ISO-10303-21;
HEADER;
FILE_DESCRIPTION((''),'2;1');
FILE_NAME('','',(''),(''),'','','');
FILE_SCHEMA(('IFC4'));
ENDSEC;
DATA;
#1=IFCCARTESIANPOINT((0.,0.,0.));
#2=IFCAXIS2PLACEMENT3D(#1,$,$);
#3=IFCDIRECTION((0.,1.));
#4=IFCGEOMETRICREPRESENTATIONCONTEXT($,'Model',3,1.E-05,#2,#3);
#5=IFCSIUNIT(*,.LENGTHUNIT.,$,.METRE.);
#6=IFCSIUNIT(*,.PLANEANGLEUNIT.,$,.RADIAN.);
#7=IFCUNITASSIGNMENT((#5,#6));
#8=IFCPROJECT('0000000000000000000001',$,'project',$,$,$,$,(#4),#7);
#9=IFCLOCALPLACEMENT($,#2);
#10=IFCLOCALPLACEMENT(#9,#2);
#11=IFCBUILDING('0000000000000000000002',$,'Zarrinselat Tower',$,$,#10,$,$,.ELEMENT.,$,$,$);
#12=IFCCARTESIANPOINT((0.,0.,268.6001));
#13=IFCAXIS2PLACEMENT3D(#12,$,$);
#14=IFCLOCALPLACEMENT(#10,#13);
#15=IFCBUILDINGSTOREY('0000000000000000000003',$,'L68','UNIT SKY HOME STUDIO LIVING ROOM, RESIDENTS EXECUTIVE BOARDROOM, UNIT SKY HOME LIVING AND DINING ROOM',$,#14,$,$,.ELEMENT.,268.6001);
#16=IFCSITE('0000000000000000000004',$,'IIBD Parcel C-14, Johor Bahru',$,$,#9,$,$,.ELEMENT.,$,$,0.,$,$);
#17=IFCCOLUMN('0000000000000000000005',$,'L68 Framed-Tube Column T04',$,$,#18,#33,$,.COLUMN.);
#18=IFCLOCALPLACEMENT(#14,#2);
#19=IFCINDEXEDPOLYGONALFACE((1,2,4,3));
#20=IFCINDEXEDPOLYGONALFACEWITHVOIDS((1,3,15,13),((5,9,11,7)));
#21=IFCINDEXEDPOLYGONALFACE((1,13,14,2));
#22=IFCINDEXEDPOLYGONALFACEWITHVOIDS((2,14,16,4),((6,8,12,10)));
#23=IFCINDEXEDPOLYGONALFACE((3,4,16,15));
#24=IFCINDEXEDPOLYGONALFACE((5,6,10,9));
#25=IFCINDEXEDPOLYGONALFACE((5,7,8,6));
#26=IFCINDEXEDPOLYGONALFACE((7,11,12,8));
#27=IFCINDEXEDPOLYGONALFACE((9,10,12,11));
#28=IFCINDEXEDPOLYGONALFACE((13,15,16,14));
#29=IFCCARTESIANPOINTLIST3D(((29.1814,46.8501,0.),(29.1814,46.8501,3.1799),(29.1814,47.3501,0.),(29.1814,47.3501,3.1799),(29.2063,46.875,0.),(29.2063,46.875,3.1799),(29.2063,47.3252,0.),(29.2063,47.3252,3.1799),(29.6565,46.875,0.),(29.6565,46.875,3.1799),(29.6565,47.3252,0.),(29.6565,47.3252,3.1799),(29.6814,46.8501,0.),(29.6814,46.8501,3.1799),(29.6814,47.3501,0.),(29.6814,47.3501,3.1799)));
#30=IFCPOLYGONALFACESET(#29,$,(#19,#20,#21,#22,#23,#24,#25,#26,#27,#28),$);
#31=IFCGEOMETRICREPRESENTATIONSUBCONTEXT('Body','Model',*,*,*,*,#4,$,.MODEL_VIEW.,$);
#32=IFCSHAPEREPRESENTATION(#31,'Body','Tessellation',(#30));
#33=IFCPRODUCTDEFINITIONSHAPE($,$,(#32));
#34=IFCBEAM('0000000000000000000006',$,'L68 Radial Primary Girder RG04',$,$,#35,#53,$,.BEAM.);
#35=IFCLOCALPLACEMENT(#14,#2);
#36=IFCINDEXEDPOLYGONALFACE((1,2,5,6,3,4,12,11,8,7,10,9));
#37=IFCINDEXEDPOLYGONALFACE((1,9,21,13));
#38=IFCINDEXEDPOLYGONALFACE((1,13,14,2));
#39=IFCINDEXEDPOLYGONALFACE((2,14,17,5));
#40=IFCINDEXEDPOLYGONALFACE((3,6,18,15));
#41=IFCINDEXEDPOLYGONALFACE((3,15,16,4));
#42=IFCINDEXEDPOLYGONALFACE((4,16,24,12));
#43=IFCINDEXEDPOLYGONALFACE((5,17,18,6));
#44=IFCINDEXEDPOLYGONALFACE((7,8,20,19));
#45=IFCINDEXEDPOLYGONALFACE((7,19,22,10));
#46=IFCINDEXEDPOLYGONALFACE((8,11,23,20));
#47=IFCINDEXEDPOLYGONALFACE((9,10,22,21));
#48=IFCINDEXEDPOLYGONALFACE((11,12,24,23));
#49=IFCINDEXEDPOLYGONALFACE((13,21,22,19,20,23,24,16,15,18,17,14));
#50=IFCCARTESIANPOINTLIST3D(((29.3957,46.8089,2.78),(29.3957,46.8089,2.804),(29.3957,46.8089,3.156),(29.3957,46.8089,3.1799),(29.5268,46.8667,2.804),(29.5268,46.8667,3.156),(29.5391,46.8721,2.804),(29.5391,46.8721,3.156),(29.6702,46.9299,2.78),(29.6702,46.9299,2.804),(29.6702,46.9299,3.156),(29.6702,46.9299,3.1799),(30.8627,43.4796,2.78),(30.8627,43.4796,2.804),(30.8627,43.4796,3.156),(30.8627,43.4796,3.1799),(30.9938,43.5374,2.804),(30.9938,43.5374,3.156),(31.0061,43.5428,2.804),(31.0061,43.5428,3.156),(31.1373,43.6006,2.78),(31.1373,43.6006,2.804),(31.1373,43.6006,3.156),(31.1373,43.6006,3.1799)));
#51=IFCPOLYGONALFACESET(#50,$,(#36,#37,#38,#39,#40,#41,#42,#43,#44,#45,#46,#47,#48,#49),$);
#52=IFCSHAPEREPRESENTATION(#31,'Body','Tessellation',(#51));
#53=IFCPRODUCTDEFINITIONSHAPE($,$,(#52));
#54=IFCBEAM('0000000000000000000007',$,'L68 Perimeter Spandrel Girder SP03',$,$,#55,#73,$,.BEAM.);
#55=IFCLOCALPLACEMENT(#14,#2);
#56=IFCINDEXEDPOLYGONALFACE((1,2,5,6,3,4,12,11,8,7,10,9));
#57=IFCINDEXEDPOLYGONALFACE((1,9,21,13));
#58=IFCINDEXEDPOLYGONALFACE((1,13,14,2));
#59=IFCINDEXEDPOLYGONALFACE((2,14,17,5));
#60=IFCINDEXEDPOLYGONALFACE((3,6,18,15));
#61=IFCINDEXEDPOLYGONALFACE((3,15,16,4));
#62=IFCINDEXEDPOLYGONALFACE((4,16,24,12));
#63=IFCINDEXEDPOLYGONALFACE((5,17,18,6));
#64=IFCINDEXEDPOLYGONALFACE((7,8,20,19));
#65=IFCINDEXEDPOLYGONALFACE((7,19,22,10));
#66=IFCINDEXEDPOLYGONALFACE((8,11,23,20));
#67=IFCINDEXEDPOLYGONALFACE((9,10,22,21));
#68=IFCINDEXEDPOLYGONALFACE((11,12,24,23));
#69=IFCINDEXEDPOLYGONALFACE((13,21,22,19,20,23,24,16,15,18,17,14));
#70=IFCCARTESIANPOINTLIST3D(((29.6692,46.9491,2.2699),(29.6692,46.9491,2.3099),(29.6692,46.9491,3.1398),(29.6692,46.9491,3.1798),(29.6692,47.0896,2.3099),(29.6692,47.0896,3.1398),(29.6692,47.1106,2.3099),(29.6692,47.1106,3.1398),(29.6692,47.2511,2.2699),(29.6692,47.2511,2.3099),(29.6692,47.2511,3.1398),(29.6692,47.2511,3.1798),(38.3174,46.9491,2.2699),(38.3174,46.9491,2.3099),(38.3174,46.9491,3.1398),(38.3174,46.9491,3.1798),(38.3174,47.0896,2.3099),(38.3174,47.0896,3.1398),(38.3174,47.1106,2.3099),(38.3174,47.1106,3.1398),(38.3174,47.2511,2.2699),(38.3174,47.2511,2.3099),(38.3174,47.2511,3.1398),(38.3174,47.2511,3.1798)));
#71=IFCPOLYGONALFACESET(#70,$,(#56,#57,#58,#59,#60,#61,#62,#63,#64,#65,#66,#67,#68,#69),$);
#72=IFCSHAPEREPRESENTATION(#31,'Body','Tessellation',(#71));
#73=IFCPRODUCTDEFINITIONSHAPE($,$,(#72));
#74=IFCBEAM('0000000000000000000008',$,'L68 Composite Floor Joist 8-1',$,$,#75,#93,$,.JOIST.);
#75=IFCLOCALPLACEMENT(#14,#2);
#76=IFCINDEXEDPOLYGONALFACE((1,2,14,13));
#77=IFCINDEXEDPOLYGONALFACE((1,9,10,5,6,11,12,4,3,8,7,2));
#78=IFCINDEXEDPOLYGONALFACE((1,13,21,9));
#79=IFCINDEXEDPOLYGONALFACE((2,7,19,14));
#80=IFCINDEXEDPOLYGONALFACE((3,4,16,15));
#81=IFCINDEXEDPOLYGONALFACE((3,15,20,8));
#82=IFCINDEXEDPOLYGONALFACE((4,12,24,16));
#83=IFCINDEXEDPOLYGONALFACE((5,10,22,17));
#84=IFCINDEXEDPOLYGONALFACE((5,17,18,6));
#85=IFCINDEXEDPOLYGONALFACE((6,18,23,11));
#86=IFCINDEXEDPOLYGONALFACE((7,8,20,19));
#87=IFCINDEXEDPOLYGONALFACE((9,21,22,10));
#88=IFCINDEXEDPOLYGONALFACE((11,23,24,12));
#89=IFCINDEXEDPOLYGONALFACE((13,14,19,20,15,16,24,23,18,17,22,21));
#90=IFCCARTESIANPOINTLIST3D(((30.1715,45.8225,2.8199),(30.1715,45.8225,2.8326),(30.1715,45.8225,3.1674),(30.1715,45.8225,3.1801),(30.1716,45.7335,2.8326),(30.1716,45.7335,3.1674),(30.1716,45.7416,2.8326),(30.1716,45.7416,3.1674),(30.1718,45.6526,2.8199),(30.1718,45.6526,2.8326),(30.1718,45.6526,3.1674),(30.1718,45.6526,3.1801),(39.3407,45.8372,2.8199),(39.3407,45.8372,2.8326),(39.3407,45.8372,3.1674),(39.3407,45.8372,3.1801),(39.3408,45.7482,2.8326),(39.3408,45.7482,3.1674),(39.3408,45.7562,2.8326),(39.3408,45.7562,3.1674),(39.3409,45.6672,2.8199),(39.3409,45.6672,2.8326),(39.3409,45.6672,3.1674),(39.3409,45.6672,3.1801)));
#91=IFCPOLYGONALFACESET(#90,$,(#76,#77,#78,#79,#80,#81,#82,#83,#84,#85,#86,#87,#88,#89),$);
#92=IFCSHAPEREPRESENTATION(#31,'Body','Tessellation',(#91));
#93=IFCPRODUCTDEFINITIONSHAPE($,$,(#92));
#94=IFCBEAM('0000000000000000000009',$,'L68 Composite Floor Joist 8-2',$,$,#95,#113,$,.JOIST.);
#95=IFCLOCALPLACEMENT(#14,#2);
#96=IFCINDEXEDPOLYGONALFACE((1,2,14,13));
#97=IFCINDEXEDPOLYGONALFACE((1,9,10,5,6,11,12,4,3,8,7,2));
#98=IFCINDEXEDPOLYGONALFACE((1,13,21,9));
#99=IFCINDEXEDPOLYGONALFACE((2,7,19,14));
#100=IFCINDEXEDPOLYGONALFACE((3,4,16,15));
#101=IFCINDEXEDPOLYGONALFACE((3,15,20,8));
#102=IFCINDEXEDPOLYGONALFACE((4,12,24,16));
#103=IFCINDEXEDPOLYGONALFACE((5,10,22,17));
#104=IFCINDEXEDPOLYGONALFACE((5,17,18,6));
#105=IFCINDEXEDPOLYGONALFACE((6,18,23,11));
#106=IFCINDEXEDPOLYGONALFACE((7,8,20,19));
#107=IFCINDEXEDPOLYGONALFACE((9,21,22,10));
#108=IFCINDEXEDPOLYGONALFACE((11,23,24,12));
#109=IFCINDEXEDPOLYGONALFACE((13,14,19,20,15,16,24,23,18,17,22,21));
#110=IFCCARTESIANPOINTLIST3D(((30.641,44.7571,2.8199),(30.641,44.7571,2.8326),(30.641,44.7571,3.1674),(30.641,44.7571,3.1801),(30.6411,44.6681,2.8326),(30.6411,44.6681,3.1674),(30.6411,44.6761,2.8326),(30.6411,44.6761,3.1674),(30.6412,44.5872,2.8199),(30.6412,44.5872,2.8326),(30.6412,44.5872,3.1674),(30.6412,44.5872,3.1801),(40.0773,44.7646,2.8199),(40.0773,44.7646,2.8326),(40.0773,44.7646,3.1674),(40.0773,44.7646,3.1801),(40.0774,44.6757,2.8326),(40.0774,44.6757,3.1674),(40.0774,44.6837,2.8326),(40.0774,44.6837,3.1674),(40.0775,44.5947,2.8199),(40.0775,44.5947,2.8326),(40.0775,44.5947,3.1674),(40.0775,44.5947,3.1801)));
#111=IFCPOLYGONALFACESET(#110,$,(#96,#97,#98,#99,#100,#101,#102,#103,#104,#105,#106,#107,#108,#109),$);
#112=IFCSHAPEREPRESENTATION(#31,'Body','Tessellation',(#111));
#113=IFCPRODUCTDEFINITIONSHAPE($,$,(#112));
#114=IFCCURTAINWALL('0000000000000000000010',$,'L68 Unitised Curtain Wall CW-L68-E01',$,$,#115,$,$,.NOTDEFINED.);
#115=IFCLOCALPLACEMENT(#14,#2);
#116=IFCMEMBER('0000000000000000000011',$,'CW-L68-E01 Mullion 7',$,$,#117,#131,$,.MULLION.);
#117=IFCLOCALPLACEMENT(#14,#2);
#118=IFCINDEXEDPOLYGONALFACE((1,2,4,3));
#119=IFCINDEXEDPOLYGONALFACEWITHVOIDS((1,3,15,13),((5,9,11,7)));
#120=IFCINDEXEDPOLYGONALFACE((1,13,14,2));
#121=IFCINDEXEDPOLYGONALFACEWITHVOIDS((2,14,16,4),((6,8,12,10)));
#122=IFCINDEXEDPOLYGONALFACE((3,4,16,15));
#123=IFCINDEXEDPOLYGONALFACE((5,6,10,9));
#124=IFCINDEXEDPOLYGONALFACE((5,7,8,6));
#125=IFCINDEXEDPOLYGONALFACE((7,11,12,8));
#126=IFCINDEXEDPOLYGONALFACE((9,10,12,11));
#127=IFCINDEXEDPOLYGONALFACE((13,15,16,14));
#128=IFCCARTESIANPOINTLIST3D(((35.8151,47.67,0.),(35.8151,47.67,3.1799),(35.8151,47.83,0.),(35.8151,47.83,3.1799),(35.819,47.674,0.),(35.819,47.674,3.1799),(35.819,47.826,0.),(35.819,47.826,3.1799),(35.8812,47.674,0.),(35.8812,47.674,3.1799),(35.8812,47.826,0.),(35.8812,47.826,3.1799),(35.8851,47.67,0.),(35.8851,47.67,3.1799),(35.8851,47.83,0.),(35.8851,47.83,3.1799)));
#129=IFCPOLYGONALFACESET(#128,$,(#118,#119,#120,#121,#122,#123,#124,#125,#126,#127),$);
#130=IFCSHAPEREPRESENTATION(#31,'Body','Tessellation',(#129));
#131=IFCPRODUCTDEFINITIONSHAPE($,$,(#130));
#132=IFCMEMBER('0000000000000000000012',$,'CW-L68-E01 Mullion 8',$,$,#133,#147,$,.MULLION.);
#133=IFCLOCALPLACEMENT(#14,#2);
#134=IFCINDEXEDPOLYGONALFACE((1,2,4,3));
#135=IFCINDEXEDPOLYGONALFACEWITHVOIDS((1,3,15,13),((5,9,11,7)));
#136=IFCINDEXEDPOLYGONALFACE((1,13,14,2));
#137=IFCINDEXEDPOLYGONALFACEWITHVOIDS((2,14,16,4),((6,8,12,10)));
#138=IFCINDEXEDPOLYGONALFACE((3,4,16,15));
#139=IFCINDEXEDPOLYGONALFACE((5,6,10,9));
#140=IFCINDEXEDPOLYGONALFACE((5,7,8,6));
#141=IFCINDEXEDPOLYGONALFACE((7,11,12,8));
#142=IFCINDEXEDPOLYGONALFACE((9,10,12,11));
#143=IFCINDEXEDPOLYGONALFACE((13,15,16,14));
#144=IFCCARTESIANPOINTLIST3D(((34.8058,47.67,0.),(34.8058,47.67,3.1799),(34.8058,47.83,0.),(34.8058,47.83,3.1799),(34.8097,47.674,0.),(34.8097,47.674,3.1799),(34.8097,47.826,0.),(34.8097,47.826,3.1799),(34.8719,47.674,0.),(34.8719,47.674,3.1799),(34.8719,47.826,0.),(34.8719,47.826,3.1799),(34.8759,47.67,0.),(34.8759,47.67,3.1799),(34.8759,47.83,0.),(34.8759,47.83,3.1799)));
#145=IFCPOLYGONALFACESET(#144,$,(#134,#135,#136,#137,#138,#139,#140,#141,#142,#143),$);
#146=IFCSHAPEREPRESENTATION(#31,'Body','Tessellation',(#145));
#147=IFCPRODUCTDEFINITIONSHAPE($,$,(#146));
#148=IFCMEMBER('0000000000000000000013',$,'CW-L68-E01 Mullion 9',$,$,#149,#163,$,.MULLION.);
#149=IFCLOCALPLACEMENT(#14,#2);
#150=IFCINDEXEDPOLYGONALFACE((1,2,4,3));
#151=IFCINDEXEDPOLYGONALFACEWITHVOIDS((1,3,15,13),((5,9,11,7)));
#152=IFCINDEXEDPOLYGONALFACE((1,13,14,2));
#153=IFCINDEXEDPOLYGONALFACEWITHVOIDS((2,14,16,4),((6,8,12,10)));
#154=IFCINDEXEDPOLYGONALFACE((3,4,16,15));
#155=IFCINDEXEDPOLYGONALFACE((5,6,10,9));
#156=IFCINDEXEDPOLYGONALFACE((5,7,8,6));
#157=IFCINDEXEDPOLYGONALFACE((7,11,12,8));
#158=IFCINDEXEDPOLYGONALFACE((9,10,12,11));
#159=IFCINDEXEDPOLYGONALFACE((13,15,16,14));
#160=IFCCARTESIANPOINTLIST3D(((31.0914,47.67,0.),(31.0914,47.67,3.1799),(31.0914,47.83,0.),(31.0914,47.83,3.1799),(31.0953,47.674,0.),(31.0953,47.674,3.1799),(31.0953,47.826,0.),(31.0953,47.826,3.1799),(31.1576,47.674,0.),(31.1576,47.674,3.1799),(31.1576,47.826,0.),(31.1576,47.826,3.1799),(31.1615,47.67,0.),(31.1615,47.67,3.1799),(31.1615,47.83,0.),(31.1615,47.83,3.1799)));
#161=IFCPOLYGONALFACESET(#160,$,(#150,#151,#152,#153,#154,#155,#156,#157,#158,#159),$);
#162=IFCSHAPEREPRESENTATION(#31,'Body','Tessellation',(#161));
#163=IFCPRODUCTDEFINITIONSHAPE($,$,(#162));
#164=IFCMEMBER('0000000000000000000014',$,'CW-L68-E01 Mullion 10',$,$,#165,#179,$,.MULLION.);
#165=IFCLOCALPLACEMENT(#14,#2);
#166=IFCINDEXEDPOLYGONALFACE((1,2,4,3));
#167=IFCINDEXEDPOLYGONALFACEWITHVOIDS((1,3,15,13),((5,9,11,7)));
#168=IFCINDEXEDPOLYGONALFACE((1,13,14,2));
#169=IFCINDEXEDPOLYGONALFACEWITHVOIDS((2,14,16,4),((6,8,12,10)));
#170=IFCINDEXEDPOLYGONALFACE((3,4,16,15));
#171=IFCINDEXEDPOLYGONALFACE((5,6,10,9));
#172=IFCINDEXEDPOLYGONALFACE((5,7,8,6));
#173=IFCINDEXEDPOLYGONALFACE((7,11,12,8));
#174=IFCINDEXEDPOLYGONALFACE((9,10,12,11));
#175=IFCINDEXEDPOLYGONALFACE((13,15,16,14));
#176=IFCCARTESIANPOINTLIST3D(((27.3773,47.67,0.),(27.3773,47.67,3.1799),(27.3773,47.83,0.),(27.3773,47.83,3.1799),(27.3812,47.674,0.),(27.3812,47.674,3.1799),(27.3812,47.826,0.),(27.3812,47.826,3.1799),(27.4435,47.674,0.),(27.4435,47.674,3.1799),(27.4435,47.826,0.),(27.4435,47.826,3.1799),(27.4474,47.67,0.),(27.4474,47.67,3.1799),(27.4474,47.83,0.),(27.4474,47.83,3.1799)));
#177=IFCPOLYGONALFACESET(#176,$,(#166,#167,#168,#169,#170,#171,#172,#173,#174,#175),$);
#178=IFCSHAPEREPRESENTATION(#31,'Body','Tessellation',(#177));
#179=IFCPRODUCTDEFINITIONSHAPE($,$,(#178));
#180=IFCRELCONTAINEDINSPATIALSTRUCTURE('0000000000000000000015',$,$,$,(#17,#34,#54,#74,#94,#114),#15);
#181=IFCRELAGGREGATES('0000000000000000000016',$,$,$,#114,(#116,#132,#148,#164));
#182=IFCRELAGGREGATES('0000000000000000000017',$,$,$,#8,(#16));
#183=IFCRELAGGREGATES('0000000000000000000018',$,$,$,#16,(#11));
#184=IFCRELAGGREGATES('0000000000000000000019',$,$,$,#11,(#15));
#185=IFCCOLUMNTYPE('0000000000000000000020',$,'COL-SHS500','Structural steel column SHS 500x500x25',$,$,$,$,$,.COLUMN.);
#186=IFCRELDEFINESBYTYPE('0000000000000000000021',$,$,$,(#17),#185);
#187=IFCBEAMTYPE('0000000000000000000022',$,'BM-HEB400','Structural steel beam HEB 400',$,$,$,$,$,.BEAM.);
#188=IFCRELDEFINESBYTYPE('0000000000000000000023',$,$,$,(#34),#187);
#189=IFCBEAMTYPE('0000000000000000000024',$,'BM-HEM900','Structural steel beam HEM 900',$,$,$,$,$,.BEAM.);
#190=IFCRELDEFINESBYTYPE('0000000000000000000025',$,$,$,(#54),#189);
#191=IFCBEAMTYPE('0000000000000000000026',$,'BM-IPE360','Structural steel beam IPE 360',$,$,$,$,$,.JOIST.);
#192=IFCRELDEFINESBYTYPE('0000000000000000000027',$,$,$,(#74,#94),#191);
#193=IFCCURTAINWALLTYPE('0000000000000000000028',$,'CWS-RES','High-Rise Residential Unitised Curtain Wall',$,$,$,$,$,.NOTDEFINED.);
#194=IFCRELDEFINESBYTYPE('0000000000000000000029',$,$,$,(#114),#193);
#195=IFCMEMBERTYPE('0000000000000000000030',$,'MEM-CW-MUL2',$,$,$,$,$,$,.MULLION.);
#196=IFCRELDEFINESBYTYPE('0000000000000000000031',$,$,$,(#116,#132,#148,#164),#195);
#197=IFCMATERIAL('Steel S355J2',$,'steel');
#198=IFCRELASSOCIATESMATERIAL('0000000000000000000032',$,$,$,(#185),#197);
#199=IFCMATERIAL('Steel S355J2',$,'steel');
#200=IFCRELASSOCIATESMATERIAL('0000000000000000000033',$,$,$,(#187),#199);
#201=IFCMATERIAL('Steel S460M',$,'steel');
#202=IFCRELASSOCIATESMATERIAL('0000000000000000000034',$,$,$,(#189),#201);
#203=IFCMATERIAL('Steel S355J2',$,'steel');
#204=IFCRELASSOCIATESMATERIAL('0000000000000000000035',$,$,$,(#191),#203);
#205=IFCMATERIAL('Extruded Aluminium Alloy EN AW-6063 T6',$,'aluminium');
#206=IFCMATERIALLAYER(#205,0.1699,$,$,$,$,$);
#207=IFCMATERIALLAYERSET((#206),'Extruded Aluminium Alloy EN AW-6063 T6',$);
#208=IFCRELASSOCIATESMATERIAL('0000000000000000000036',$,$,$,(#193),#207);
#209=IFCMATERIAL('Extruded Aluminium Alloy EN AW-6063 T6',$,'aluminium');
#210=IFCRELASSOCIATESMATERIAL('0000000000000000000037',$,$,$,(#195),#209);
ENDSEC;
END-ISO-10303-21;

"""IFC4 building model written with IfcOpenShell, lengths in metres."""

from ifc_helpers import new_model, si_unit, direction, frame, origin, origin_2d, place, context, subcontext, project, spatial, hollow_rectangle, i_section, extrude, material, layer, layer_set, material_profile, profile_set, type_object, element, aggregate, save


model = new_model("IFC4")

# Units and contexts
model_context = context("Model", 3, precision=1e-05, world=origin(), true_north=direction((0.0, 1.0)))
body_context = subcontext(model_context, "Body", "Model", "MODEL_VIEW")
ifc_project = project(units=[si_unit("LENGTHUNIT", "METRE"), si_unit("PLANEANGLEUNIT", "RADIAN")], contexts=[model_context])

# Site, building, storey
site_placement = place(None, origin())
site = spatial("IfcSite", under=ifc_project, at=site_placement, Name="IIBD Parcel C-14, Johor Bahru", CompositionType="ELEMENT", RefElevation=0.0)
building_placement = place(site_placement, origin())
building = spatial("IfcBuilding", under=site, at=building_placement, Name="Zarrinselat Tower", CompositionType="ELEMENT")
storey_placement = place(building_placement, frame((0.0, 0.0, 268.6001)))
storey = spatial("IfcBuildingStorey", under=building, at=storey_placement, Name="L68", Description="UNIT SKY HOME STUDIO LIVING ROOM, RESIDENTS EXECUTIVE BOARDROOM, UNIT SKY HOME LIVING AND DINING ROOM", CompositionType="ELEMENT", Elevation=268.6001)

# Column
ifc_material_1 = material(Name="Steel S355J2", Category="steel")
ifc_material_profile_1 = material_profile(ifc_material_1, hollow_rectangle(XDim=0.5, YDim=0.5, WallThickness=0.0249, at=origin_2d()), Name="SHS 500x500x25")
ifc_profile_set_1 = profile_set([ifc_material_profile_1], Name="Steel S355J2")
column_type = type_object("IfcColumnType", Name="COL-SHS500", Description="Structural steel column SHS 500x500x25", PredefinedType="COLUMN", material=ifc_profile_set_1)
column_placement = place(storey_placement, frame((29.4314, 47.1001, 0.0), z_axis=(0.0, 0.0, 1.0), x_axis=(1.0, 0.0, 0.0)))
element("IfcColumn", 1, at=column_placement, inside=storey, type_object=column_type, Name="L68 Framed-Tube Column T04", PredefinedType="COLUMN", context=body_context, shape_type="SweptSolid", body=[
    extrude(hollow_rectangle(XDim=0.5, YDim=0.5, WallThickness=0.0249, at=origin_2d()), origin(), (0.0, 0.0, 1.0), 3.1799),
])

# Beams
ifc_material_2 = material(Name="Steel S355J2", Category="steel")
ifc_material_profile_2 = material_profile(ifc_material_2, i_section(OverallWidth=0.3, OverallDepth=0.3999, WebThickness=0.0134, FlangeThickness=0.0239, at=origin_2d()), Name="HEB 400")
ifc_profile_set_2 = profile_set([ifc_material_profile_2], Name="Steel S355J2")
beam_type_1 = type_object("IfcBeamType", Name="BM-HEB400", Description="Structural steel beam HEB 400", PredefinedType="BEAM", material=ifc_profile_set_2)
beam_1_placement = place(storey_placement, frame((29.533, 46.8694, 2.98), z_axis=(0.403229, -0.915099, 0.0), x_axis=(0.915099, 0.403229, 0.0)))
element("IfcBeam", 2, at=beam_1_placement, inside=storey, type_object=beam_type_1, Name="L68 Radial Primary Girder RG04", PredefinedType="BEAM", context=body_context, shape_type="SweptSolid", body=[
    extrude(i_section(OverallWidth=0.3, OverallDepth=0.3999, WebThickness=0.0134, FlangeThickness=0.0239, at=origin_2d()), origin(), (0.0, 0.0, 1.0), 3.6382),
])
ifc_material_3 = material(Name="Steel S460M", Category="steel")
ifc_material_profile_3 = material_profile(ifc_material_3, i_section(OverallWidth=0.302, OverallDepth=0.9099, WebThickness=0.021, FlangeThickness=0.04, at=origin_2d()), Name="HEM 900")
ifc_profile_set_3 = profile_set([ifc_material_profile_3], Name="Steel S460M")
beam_type_2 = type_object("IfcBeamType", Name="BM-HEM900", Description="Structural steel beam HEM 900", PredefinedType="BEAM", material=ifc_profile_set_3)
beam_2_placement = place(storey_placement, frame((29.6692, 47.1001, 2.7249), z_axis=(1.0, 0.0, 0.0), x_axis=(0.0, 1.0, 0.0)))
element("IfcBeam", 3, at=beam_2_placement, inside=storey, type_object=beam_type_2, Name="L68 Perimeter Spandrel Girder SP03", PredefinedType="BEAM", context=body_context, shape_type="SweptSolid", body=[
    extrude(i_section(OverallWidth=0.302, OverallDepth=0.9099, WebThickness=0.021, FlangeThickness=0.04, at=origin_2d()), origin(), (0.0, 0.0, 1.0), 8.6482),
])
ifc_material_4 = material(Name="Steel S355J2", Category="steel")
ifc_material_profile_4 = material_profile(ifc_material_4, i_section(OverallWidth=0.1699, OverallDepth=0.3601, WebThickness=0.0081, FlangeThickness=0.0127, at=origin_2d()), Name="IPE 360")
ifc_profile_set_4 = profile_set([ifc_material_profile_4], Name="Steel S355J2")
beam_type_3 = type_object("IfcBeamType", Name="BM-IPE360", Description="Structural steel beam IPE 360", PredefinedType="JOIST", material=ifc_profile_set_4)
beam_3_placement = place(storey_placement, frame((30.1716, 45.7375, 3.0), z_axis=(0.999999, 0.001598, 0.0), x_axis=(-0.001598, 0.999999, 0.0)))
element("IfcBeam", 4, at=beam_3_placement, inside=storey, type_object=beam_type_3, Name="L68 Composite Floor Joist 8-1", PredefinedType="JOIST", context=body_context, shape_type="SweptSolid", body=[
    extrude(i_section(OverallWidth=0.1699, OverallDepth=0.3601, WebThickness=0.0081, FlangeThickness=0.0127, at=origin_2d()), origin(), (0.0, 0.0, 1.0), 9.1692),
])
beam_4_placement = place(storey_placement, frame((30.6411, 44.6721, 3.0), z_axis=(1.0, 0.000802, 0.0), x_axis=(-0.000802, 1.0, 0.0)))
element("IfcBeam", 5, at=beam_4_placement, inside=storey, type_object=beam_type_3, Name="L68 Composite Floor Joist 8-2", PredefinedType="JOIST", context=body_context, shape_type="SweptSolid", body=[
    extrude(i_section(OverallWidth=0.1699, OverallDepth=0.3601, WebThickness=0.0081, FlangeThickness=0.0127, at=origin_2d()), origin(), (0.0, 0.0, 1.0), 9.4363),
])

# Curtain wall, members
ifc_material_5 = material(Name="Extruded Aluminium Alloy EN AW-6063 T6", Category="aluminium")
ifc_layer_1 = layer(ifc_material_5, 0.1699)
ifc_layer_set_1 = layer_set([ifc_layer_1], Name="Extruded Aluminium Alloy EN AW-6063 T6")
curtain_wall_type = type_object("IfcCurtainWallType", Name="CWS-RES", Description="High-Rise Residential Unitised Curtain Wall", PredefinedType="NOTDEFINED", material=ifc_layer_set_1)
curtain_wall_placement = place(storey_placement, origin())
curtain_wall = element("IfcCurtainWall", 6, at=curtain_wall_placement, inside=storey, type_object=curtain_wall_type, Name="L68 Unitised Curtain Wall CW-L68-E01", PredefinedType="NOTDEFINED")
ifc_material_6 = material(Name="Extruded Aluminium Alloy EN AW-6063 T6", Category="aluminium")
ifc_material_profile_5 = material_profile(ifc_material_6, hollow_rectangle(XDim=0.0701, YDim=0.1599, WallThickness=0.0039, at=origin_2d()), Name="RHS 160x70x4")
ifc_profile_set_5 = profile_set([ifc_material_profile_5], Name="Extruded Aluminium Alloy EN AW-6063 T6")
member_type_1 = type_object("IfcMemberType", Name="MEM-CW-MUL2", PredefinedType="MULLION", material=ifc_profile_set_5)
member_1_placement = place(storey_placement, frame((35.8501, 47.75, 0.0), z_axis=(0.0, 0.0, 1.0), x_axis=(-1.0, 0.0, 0.0)))
member_1 = element("IfcMember", 7, at=member_1_placement, type_object=member_type_1, Name="CW-L68-E01 Mullion 7", PredefinedType="MULLION", context=body_context, shape_type="SweptSolid", body=[
    extrude(hollow_rectangle(XDim=0.0701, YDim=0.1599, WallThickness=0.0039, at=origin_2d()), origin(), (0.0, 0.0, 1.0), 3.1799),
])
member_2_placement = place(storey_placement, frame((34.8408, 47.75, 0.0), z_axis=(0.0, 0.0, 1.0), x_axis=(-1.0, 0.0, 0.0)))
member_2 = element("IfcMember", 8, at=member_2_placement, type_object=member_type_1, Name="CW-L68-E01 Mullion 8", PredefinedType="MULLION", context=body_context, shape_type="SweptSolid", body=[
    extrude(hollow_rectangle(XDim=0.0701, YDim=0.1599, WallThickness=0.0039, at=origin_2d()), origin(), (0.0, 0.0, 1.0), 3.1799),
])
member_3_placement = place(storey_placement, frame((31.1265, 47.75, 0.0), z_axis=(0.0, 0.0, 1.0), x_axis=(-1.0, 0.0, 0.0)))
member_3 = element("IfcMember", 9, at=member_3_placement, type_object=member_type_1, Name="CW-L68-E01 Mullion 9", PredefinedType="MULLION", context=body_context, shape_type="SweptSolid", body=[
    extrude(hollow_rectangle(XDim=0.0701, YDim=0.1599, WallThickness=0.0039, at=origin_2d()), origin(), (0.0, 0.0, 1.0), 3.1799),
])
member_4_placement = place(storey_placement, frame((27.4124, 47.75, 0.0), z_axis=(0.0, 0.0, 1.0), x_axis=(-1.0, 0.0, 0.0)))
member_4 = element("IfcMember", 10, at=member_4_placement, type_object=member_type_1, Name="CW-L68-E01 Mullion 10", PredefinedType="MULLION", context=body_context, shape_type="SweptSolid", body=[
    extrude(hollow_rectangle(XDim=0.0701, YDim=0.1599, WallThickness=0.0039, at=origin_2d()), origin(), (0.0, 0.0, 1.0), 3.1799),
])
aggregate(curtain_wall, [member_1, member_2, member_3, member_4])

save(model, "model.ifc")
